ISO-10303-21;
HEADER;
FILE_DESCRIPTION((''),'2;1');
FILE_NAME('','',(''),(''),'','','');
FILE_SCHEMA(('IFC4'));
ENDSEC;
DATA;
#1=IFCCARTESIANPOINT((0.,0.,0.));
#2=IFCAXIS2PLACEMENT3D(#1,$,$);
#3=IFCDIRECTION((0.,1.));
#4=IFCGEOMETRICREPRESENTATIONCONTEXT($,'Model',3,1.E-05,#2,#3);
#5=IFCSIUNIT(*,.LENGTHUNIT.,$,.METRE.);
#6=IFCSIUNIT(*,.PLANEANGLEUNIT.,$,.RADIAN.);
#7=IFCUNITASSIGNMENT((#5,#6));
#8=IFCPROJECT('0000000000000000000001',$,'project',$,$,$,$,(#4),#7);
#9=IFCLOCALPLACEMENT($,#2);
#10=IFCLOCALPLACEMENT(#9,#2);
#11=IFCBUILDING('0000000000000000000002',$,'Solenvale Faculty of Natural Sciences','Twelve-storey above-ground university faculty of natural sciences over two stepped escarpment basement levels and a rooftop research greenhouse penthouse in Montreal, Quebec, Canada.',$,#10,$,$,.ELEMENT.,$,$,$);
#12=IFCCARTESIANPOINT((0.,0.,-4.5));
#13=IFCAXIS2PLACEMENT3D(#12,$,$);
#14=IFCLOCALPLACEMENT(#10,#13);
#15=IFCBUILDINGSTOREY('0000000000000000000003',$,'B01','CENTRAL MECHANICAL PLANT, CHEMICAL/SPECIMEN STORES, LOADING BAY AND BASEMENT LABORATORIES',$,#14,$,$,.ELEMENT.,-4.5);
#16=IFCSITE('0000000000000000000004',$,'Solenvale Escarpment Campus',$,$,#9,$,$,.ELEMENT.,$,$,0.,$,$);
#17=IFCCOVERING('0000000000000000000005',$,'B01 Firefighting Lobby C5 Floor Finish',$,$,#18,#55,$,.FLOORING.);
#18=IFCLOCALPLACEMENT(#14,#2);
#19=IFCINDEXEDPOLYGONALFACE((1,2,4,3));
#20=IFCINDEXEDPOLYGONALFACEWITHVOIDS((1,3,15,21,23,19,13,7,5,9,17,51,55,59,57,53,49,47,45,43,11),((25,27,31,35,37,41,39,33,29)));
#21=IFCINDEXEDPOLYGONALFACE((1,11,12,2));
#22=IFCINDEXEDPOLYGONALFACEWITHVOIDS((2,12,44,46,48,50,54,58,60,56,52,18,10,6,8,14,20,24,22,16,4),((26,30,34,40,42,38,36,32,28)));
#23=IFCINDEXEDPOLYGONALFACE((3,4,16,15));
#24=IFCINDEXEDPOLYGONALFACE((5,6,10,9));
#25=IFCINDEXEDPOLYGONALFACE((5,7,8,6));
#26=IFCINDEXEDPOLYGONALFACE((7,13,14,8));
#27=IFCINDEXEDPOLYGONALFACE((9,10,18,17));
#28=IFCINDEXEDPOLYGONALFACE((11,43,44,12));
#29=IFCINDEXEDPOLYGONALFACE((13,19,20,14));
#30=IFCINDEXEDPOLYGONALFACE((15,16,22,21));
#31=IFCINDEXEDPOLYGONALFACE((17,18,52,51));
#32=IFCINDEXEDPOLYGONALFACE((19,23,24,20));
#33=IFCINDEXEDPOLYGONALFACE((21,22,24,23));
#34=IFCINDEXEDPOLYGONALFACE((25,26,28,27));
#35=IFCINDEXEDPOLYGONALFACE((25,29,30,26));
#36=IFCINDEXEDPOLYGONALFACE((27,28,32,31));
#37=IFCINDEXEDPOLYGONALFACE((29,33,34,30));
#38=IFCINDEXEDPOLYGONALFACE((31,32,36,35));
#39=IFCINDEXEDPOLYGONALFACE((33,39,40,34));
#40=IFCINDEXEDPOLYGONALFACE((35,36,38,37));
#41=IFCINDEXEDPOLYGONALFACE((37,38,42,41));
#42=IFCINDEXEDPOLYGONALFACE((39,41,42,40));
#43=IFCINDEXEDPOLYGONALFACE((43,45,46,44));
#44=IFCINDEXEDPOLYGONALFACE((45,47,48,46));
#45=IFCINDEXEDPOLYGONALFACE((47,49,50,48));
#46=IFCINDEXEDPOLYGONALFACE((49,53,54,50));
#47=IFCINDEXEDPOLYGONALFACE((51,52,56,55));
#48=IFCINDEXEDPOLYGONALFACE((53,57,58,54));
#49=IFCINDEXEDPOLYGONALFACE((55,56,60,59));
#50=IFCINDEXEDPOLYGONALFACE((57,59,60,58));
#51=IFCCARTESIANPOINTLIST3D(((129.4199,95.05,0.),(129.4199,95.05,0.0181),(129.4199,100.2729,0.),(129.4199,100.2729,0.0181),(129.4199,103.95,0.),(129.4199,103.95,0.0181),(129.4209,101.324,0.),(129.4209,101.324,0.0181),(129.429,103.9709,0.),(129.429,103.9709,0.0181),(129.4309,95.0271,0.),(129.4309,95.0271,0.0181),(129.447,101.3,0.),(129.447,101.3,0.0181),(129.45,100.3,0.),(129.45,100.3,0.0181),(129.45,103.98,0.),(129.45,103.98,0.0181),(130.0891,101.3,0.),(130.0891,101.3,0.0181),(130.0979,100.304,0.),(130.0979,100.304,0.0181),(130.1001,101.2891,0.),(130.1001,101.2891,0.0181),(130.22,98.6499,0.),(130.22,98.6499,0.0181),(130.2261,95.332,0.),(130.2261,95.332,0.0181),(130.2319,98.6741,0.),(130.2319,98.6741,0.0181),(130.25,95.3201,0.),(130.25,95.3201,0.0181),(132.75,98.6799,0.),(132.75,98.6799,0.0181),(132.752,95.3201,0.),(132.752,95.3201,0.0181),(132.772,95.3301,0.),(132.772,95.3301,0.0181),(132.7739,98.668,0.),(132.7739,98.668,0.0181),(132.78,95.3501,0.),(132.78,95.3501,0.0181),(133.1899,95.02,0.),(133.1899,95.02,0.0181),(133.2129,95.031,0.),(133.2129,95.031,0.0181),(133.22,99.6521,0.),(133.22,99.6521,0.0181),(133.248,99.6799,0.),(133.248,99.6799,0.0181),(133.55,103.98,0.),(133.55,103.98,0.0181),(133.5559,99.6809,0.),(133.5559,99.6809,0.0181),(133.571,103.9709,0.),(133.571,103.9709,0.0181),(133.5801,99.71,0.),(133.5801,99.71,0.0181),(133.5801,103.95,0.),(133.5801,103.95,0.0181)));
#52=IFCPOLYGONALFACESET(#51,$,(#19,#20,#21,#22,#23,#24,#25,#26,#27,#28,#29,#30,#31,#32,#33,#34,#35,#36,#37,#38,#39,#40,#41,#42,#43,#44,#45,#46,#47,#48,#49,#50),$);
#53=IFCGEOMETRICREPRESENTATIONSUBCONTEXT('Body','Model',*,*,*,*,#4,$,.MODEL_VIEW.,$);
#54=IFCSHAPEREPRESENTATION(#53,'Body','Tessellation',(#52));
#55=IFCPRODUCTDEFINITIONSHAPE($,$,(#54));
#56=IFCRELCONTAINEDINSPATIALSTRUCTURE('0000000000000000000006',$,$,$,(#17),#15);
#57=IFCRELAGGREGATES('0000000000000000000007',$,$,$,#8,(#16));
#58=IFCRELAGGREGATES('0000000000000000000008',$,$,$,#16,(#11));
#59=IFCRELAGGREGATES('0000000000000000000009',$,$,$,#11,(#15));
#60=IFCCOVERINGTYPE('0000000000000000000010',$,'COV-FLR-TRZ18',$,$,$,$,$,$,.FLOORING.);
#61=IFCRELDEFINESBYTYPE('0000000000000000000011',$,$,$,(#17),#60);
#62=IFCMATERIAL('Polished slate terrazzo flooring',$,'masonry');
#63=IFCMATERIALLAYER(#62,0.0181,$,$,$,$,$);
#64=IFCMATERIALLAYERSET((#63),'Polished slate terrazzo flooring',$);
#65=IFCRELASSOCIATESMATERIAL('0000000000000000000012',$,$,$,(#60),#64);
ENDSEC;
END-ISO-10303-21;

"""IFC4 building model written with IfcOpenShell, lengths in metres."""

from ifc_helpers import new_model, si_unit, direction, frame, origin, place, context, subcontext, project, spatial, polyline, outline, extrude, material, layer, layer_set, type_object, element, save


model = new_model("IFC4")

# Units and contexts
model_context = context("Model", 3, precision=1e-05, world=origin(), true_north=direction((0.0, 1.0)))
body_context = subcontext(model_context, "Body", "Model", "MODEL_VIEW")
ifc_project = project(units=[si_unit("LENGTHUNIT", "METRE"), si_unit("PLANEANGLEUNIT", "RADIAN")], contexts=[model_context])

# Site, building, storey
site_placement = place(None, origin())
site = spatial("IfcSite", under=ifc_project, at=site_placement, Name="Solenvale Escarpment Campus", CompositionType="ELEMENT", RefElevation=0.0)
building_placement = place(site_placement, origin())
building = spatial("IfcBuilding", under=site, at=building_placement, Name="Solenvale Faculty of Natural Sciences", Description="Twelve-storey above-ground university faculty of natural sciences over two stepped escarpment basement levels and a rooftop research greenhouse penthouse in Montreal, Quebec, Canada.", CompositionType="ELEMENT")
storey_placement = place(building_placement, frame((0.0, 0.0, -4.5)))
storey = spatial("IfcBuildingStorey", under=building, at=storey_placement, Name="B01", Description="CENTRAL MECHANICAL PLANT, CHEMICAL/SPECIMEN STORES, LOADING BAY AND BASEMENT LABORATORIES", CompositionType="ELEMENT", Elevation=-4.5)

# Covering
ifc_material_1 = material(Name="Polished slate terrazzo flooring", Category="masonry")
ifc_layer_1 = layer(ifc_material_1, 0.0181)
ifc_layer_set_1 = layer_set([ifc_layer_1], Name="Polished slate terrazzo flooring")
covering_type_1 = type_object("IfcCoveringType", Name="COV-FLR-TRZ18", PredefinedType="FLOORING", material=ifc_layer_set_1)
covering_1_placement = place(storey_placement, origin())
element("IfcCovering", 1, at=covering_1_placement, inside=storey, type_object=covering_type_1, Name="B01 Firefighting Lobby C5 Floor Finish", PredefinedType="FLOORING", context=body_context, shape_type="SweptSolid", body=[
    extrude(outline(polyline([(133.5801, 99.71), (133.5559, 99.6809), (133.248, 99.6799), (133.22, 99.6521), (133.2129, 95.031), (133.1899, 95.02), (129.4309, 95.0271), (129.4199, 95.05), (129.4199, 100.2729), (129.45, 100.3), (130.0979, 100.304), (130.1001, 101.2891), (130.0891, 101.3), (129.447, 101.3), (129.4209, 101.324), (129.4199, 103.95), (129.429, 103.9709), (129.45, 103.98), (133.55, 103.98), (133.571, 103.9709), (133.5801, 103.95), (133.5801, 99.71)]), holes=[polyline([(132.752, 95.3201), (132.772, 95.3301), (132.78, 95.3501), (132.7739, 98.668), (132.75, 98.6799), (130.2319, 98.6741), (130.22, 98.6499), (130.2261, 95.332), (130.25, 95.3201), (132.752, 95.3201)])]), origin(), (0.0, 0.0, 1.0), 0.0181),
])

save(model, "model.ifc")
